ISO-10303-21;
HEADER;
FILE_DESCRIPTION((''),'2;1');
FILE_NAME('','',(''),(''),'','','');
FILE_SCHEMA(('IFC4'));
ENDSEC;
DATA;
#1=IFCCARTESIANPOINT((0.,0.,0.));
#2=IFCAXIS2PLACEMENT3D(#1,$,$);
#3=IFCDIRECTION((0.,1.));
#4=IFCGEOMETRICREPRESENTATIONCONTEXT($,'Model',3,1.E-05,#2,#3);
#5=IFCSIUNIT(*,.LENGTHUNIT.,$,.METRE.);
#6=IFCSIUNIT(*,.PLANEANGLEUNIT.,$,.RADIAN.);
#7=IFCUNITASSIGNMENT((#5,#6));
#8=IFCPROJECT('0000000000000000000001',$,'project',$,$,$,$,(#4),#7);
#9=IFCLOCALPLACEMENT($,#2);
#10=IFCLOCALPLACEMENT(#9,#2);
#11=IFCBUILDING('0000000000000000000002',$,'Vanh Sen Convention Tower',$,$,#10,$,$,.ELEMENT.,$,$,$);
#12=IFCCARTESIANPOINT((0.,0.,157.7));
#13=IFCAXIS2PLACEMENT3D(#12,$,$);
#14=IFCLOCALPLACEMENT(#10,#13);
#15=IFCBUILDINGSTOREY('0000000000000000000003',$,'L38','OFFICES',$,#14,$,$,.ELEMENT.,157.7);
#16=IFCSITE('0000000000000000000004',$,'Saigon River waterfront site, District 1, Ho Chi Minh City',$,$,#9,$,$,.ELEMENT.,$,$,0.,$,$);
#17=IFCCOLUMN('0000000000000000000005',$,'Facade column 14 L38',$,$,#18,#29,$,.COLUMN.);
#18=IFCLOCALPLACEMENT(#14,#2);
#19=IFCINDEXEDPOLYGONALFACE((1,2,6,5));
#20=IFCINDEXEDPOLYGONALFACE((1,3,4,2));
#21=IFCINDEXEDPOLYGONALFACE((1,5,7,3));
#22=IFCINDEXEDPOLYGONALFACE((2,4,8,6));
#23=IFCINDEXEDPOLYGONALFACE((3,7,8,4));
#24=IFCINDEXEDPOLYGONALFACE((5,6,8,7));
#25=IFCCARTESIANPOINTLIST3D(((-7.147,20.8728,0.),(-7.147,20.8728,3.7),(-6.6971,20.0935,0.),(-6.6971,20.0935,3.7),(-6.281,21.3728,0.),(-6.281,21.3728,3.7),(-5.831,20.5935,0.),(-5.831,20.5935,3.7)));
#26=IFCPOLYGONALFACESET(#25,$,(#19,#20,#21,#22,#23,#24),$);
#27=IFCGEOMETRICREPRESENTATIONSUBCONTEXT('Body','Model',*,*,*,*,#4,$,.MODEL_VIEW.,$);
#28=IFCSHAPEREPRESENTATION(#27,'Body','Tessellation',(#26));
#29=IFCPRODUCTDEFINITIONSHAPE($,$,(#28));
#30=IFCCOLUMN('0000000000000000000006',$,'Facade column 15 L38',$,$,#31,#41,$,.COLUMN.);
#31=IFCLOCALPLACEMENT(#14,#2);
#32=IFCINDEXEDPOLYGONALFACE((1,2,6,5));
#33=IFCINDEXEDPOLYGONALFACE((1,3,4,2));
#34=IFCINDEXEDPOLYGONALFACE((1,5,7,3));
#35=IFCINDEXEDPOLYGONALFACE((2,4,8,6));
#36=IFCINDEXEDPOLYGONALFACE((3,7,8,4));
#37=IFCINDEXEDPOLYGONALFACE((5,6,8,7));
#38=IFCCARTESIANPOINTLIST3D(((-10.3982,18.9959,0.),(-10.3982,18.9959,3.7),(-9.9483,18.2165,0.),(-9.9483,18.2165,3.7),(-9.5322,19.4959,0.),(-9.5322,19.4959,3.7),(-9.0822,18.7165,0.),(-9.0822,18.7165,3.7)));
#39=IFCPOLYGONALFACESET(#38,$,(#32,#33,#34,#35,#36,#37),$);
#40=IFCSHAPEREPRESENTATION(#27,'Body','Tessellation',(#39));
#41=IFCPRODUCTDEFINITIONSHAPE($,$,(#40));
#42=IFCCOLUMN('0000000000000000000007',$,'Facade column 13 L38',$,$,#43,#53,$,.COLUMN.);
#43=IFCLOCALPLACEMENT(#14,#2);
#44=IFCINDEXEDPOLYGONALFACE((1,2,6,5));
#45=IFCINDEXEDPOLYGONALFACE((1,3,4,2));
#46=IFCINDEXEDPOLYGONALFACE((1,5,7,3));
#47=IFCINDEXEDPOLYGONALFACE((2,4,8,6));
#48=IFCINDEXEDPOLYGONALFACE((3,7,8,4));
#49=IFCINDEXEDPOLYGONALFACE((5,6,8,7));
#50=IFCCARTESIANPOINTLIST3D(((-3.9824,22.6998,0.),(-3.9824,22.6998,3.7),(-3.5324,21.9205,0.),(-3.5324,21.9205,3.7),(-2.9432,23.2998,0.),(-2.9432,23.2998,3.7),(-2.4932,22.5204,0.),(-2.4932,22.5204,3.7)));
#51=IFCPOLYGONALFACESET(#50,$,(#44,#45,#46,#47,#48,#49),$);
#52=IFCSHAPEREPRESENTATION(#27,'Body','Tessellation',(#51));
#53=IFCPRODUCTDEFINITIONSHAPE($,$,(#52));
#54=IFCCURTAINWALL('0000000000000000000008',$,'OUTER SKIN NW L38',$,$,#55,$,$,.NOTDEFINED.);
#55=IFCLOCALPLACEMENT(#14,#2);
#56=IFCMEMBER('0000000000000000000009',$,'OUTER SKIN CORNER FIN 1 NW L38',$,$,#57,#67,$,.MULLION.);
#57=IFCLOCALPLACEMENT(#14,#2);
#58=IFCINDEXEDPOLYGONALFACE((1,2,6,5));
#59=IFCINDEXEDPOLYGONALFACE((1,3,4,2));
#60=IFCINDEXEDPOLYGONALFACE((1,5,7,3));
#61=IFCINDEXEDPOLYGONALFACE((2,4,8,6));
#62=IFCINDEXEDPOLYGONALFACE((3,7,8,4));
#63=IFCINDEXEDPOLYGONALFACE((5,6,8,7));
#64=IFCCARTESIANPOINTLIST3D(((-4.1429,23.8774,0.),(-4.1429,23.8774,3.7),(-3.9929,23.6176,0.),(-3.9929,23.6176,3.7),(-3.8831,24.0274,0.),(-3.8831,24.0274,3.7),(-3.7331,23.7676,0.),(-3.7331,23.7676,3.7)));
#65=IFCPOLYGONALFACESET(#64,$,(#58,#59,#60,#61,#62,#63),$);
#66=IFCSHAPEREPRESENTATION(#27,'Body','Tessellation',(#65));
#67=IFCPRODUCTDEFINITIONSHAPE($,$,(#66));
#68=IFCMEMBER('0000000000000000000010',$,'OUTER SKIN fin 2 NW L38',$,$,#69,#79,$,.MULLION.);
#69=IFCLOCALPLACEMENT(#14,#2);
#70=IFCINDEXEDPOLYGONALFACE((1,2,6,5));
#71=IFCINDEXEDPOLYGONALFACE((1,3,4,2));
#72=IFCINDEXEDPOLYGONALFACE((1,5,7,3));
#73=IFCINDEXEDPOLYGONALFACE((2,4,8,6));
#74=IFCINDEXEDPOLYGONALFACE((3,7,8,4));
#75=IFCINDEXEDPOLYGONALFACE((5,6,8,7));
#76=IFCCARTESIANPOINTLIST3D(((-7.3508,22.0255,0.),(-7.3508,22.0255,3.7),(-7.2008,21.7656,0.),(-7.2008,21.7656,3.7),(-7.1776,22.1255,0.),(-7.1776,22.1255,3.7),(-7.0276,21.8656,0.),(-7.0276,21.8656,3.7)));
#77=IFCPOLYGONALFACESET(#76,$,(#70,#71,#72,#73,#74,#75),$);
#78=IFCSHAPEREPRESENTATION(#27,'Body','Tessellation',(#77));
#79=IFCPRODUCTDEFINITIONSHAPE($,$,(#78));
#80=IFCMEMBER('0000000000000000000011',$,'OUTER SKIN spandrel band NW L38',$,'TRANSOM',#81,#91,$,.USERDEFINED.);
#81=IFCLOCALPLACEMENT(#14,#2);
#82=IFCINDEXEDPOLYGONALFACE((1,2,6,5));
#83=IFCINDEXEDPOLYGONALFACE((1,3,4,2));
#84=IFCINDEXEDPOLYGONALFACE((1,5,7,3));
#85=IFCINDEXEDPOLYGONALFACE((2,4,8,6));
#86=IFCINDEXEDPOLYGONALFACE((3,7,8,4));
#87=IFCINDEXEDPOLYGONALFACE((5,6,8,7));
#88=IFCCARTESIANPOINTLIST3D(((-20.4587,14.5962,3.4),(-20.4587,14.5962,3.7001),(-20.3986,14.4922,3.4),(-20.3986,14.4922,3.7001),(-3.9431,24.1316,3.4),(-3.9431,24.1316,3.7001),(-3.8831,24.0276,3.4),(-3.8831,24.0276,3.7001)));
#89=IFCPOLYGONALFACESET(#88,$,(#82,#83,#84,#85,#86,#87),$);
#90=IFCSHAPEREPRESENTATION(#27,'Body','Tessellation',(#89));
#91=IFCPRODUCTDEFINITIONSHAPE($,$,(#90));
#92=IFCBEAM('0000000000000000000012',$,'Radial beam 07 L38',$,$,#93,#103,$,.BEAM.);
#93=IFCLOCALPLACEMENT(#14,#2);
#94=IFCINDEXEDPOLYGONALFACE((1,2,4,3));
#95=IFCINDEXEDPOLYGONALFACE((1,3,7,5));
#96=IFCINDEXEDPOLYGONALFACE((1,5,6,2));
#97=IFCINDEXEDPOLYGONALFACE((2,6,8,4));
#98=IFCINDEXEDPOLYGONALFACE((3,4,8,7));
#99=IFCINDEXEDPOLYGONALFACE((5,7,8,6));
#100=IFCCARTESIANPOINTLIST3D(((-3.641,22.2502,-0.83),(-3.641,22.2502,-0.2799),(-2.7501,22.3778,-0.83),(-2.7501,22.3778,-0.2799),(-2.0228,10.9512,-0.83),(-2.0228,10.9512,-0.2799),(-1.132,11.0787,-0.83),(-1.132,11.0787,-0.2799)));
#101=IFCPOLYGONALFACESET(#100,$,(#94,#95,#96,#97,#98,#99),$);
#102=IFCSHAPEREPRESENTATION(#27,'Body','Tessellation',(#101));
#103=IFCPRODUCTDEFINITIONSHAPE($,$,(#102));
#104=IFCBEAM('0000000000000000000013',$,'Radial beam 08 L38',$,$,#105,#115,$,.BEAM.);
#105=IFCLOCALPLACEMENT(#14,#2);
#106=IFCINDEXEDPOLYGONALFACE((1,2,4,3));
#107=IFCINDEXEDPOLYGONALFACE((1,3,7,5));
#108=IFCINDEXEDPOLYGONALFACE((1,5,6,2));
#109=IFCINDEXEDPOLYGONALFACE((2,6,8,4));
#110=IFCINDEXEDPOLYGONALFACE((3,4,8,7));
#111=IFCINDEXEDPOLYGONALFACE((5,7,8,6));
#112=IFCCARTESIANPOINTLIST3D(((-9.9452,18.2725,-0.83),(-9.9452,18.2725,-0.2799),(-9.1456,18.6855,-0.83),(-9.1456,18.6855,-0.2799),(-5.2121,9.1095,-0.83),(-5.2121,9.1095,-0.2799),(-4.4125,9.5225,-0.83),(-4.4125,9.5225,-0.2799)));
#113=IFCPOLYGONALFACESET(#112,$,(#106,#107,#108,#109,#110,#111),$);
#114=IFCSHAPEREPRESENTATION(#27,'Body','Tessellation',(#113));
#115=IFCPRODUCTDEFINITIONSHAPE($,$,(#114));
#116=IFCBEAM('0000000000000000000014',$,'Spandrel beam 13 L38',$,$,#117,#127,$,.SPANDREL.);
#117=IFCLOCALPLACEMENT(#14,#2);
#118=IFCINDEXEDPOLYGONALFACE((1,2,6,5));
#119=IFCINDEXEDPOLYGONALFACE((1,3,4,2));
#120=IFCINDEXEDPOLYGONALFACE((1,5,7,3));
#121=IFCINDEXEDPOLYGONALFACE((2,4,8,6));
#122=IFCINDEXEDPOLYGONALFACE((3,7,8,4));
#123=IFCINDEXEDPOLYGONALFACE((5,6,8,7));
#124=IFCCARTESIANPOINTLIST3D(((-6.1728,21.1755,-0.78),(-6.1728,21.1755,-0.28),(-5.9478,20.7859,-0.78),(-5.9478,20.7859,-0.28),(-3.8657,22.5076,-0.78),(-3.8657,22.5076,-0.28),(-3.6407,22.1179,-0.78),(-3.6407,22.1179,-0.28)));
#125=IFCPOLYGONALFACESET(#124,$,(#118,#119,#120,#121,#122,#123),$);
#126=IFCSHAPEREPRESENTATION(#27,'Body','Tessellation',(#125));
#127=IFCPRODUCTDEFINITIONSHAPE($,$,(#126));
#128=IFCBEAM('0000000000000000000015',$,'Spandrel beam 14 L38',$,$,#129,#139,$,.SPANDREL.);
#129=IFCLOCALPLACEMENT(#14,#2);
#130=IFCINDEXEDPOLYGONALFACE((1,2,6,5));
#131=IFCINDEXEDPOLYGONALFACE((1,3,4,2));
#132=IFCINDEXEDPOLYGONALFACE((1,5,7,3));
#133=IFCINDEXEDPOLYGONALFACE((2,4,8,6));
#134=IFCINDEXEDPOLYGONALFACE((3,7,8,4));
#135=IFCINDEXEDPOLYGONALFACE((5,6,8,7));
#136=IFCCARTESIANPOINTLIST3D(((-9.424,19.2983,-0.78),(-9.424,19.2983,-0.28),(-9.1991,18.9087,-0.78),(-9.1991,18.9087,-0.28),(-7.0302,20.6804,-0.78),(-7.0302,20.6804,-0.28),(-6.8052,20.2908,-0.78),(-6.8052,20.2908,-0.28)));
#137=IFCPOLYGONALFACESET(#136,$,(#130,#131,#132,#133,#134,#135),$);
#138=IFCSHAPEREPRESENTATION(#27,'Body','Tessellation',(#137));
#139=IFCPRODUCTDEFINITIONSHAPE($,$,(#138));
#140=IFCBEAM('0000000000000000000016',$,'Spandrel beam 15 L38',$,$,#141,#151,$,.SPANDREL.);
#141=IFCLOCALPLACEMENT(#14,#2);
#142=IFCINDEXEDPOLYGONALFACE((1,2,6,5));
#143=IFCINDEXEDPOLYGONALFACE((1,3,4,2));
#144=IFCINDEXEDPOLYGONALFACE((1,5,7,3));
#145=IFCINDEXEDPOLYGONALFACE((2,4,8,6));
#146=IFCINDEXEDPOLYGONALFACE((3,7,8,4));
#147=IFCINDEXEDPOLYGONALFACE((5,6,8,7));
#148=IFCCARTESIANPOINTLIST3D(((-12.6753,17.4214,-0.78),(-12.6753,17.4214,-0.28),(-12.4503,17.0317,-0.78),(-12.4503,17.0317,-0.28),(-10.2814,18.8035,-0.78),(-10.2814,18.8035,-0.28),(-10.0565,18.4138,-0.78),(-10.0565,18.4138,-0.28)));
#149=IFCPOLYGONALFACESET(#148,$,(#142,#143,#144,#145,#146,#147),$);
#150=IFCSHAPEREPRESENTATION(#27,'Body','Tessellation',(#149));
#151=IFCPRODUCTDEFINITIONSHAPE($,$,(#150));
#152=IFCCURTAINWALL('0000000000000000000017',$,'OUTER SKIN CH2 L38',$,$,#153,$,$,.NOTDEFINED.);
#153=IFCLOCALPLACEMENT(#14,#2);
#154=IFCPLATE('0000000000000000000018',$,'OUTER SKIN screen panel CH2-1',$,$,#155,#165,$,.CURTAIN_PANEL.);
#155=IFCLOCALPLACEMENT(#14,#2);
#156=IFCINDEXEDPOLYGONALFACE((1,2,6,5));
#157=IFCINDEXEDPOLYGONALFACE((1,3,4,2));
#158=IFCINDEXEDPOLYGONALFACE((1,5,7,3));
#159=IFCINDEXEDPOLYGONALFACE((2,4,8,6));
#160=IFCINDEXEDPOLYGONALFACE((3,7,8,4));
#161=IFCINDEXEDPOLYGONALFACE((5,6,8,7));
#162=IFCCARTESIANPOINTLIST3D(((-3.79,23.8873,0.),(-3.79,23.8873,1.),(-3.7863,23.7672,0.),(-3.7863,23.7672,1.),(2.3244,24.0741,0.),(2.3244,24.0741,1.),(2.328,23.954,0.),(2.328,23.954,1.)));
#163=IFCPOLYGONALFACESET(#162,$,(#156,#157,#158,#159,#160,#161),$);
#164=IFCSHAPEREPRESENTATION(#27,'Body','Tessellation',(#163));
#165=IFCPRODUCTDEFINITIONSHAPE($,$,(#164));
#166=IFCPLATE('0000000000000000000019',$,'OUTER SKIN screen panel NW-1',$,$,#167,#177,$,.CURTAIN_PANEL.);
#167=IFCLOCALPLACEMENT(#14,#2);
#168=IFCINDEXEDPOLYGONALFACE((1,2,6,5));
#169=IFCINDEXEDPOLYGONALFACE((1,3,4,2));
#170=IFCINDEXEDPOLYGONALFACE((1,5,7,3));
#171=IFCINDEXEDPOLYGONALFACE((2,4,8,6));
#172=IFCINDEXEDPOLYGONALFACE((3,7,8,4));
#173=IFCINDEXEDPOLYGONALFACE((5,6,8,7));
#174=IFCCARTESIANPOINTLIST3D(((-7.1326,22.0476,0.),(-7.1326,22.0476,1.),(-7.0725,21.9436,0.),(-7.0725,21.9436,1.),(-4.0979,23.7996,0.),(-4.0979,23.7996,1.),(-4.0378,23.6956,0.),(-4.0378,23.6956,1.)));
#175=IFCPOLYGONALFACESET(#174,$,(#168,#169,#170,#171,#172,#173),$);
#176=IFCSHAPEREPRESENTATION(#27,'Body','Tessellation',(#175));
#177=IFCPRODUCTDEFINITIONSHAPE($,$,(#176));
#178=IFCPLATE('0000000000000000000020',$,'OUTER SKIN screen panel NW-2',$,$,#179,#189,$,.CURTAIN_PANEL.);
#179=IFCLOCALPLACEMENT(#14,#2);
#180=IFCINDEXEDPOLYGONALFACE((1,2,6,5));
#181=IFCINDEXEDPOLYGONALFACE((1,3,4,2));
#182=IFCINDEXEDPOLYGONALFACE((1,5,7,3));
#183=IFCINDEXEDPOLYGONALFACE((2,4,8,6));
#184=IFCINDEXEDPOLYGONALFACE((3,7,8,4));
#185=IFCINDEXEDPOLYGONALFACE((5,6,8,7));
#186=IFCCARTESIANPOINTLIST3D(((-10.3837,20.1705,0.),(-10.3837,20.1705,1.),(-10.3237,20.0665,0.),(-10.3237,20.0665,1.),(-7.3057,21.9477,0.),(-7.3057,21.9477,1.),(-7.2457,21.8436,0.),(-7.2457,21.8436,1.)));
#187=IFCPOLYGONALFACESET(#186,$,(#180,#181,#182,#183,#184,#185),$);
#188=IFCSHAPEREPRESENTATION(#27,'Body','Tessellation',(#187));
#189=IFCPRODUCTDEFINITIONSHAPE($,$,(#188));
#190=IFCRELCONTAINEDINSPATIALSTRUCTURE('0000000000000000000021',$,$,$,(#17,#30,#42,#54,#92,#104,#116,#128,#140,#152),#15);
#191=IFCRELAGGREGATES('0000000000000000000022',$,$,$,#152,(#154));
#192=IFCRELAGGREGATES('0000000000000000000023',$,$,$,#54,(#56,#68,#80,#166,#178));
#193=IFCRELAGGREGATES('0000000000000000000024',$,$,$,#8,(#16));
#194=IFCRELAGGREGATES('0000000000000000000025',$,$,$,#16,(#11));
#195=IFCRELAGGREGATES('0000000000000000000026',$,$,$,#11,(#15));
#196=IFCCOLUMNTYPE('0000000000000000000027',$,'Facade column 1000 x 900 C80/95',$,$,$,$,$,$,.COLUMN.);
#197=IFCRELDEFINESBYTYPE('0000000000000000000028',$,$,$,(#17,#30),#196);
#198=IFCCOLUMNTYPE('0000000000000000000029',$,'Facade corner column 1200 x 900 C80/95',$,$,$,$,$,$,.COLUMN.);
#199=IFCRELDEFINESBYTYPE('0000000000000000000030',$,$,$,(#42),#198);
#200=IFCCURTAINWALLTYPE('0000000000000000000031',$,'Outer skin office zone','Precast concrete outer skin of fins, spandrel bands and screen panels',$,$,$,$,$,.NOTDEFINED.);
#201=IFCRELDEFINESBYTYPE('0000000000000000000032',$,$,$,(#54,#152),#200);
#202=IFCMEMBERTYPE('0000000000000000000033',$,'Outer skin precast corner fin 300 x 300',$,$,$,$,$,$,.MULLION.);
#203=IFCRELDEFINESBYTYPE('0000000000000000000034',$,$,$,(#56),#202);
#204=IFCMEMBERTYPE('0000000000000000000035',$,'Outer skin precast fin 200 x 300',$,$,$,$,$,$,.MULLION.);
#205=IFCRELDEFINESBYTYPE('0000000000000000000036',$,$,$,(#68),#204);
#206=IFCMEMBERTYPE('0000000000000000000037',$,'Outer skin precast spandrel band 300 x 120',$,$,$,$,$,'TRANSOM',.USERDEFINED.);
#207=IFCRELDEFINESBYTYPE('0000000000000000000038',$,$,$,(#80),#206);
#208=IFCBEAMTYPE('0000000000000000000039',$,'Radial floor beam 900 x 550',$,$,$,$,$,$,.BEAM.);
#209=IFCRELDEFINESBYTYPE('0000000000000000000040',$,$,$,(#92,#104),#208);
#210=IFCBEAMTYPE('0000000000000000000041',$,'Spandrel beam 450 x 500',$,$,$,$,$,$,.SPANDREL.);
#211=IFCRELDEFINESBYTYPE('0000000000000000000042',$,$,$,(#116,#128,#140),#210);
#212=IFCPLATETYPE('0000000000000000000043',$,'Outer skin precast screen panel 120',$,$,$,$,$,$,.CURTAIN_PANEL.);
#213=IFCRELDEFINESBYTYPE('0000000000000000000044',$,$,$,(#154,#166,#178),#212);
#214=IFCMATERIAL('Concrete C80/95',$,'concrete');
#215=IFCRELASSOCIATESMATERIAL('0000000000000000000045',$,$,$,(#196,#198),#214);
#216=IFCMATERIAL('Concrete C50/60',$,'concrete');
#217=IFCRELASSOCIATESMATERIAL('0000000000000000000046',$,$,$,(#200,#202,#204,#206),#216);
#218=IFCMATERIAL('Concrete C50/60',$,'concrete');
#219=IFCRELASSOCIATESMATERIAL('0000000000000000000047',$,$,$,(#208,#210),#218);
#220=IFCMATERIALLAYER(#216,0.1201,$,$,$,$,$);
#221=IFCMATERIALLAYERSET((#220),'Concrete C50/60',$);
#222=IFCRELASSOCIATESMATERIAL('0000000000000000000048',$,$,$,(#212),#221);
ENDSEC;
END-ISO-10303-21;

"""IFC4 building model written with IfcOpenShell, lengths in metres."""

from ifc_helpers import new_model, si_unit, direction, frame, origin, origin_2d, place, context, subcontext, project, spatial, rectangle, extrude, material, layer, layer_set, material_profile, profile_set, type_object, element, aggregate, save


model = new_model("IFC4")

# Units and contexts
model_context = context("Model", 3, precision=1e-05, world=origin(), true_north=direction((0.0, 1.0)))
body_context = subcontext(model_context, "Body", "Model", "MODEL_VIEW")
ifc_project = project(units=[si_unit("LENGTHUNIT", "METRE"), si_unit("PLANEANGLEUNIT", "RADIAN")], contexts=[model_context])

# Site, building, storey
site_placement = place(None, origin())
site = spatial("IfcSite", under=ifc_project, at=site_placement, Name="Saigon River waterfront site, District 1, Ho Chi Minh City", CompositionType="ELEMENT", RefElevation=0.0)
building_placement = place(site_placement, origin())
building = spatial("IfcBuilding", under=site, at=building_placement, Name="Vanh Sen Convention Tower", CompositionType="ELEMENT")
storey_placement = place(building_placement, frame((0.0, 0.0, 157.7)))
storey = spatial("IfcBuildingStorey", under=building, at=storey_placement, Name="L38", Description="OFFICES", CompositionType="ELEMENT", Elevation=157.7)

# Columns
ifc_material_1 = material(Name="Concrete C80/95", Category="concrete")
ifc_material_profile_1 = material_profile(ifc_material_1, rectangle(XDim=1.0, YDim=0.8999, at=origin_2d()), Name="RC 1000X900")
ifc_profile_set_1 = profile_set([ifc_material_profile_1], Name="Concrete C80/95")
column_type_1 = type_object("IfcColumnType", Name="Facade column 1000 x 900 C80/95", PredefinedType="COLUMN", material=ifc_profile_set_1)
for number, where, z_axis, x_axis, name in (
    (1, (-6.489, 20.7332, 0.0), (0.0, 0.0, 1.0), (-0.866025, -0.5, 0.0), "Facade column 14 L38"),
    (2, (-9.7402, 18.8562, 0.0), (0.0, 0.0, 1.0), (-0.866025, -0.5, 0.0), "Facade column 15 L38"),
):
    element("IfcColumn", number, at=place(storey_placement, frame(where, z_axis=z_axis, x_axis=x_axis)), inside=storey, type_object=column_type_1, Name=name, PredefinedType="COLUMN", context=body_context, shape_type="SweptSolid", body=[
        extrude(rectangle(XDim=1.0, YDim=0.8999, at=origin_2d()), origin(), (0.0, 0.0, 1.0), 3.7),
    ])
ifc_material_profile_2 = material_profile(ifc_material_1, rectangle(XDim=1.2, YDim=0.8999, at=origin_2d()), Name="RC 1200X900")
ifc_profile_set_2 = profile_set([ifc_material_profile_2], Name="Concrete C80/95")
column_type_2 = type_object("IfcColumnType", Name="Facade corner column 1200 x 900 C80/95", PredefinedType="COLUMN", material=ifc_profile_set_2)
column_placement = place(storey_placement, frame((-3.2378, 22.6101, 0.0), z_axis=(0.0, 0.0, 1.0), x_axis=(-0.866025, -0.5, 0.0)))
element("IfcColumn", 3, at=column_placement, inside=storey, type_object=column_type_2, Name="Facade column 13 L38", PredefinedType="COLUMN", context=body_context, shape_type="SweptSolid", body=[
    extrude(rectangle(XDim=1.2, YDim=0.8999, at=origin_2d()), origin(), (0.0, 0.0, 1.0), 3.7),
])

# Curtain wall, members
ifc_material_2 = material(Name="Concrete C50/60", Category="concrete")
curtain_wall_type = type_object("IfcCurtainWallType", Name="Outer skin office zone", Description="Precast concrete outer skin of fins, spandrel bands and screen panels", PredefinedType="NOTDEFINED", material=ifc_material_2)
curtain_wall_1_placement = place(storey_placement, origin())
curtain_wall_1 = element("IfcCurtainWall", 4, at=curtain_wall_1_placement, inside=storey, type_object=curtain_wall_type, Name="OUTER SKIN NW L38", PredefinedType="NOTDEFINED")
ifc_material_profile_3 = material_profile(ifc_material_2, rectangle(XDim=0.3, YDim=0.3, at=origin_2d()), Name="Outer skin precast corner fin 300 x 300")
ifc_profile_set_3 = profile_set([ifc_material_profile_3], Name="Concrete C50/60")
member_type_1 = type_object("IfcMemberType", Name="Outer skin precast corner fin 300 x 300", PredefinedType="MULLION", material=ifc_profile_set_3)
member_1_placement = place(storey_placement, frame((-3.938, 23.8225, 0.0), z_axis=(0.0, 0.0, 1.0), x_axis=(-0.866025, -0.5, 0.0)))
member_1 = element("IfcMember", 5, at=member_1_placement, type_object=member_type_1, Name="OUTER SKIN CORNER FIN 1 NW L38", PredefinedType="MULLION", context=body_context, shape_type="SweptSolid", body=[
    extrude(rectangle(XDim=0.3, YDim=0.3, at=origin_2d()), origin(), (0.0, 0.0, 1.0), 3.7),
])
ifc_material_profile_4 = material_profile(ifc_material_2, rectangle(XDim=0.2, YDim=0.3, at=origin_2d()), Name="Outer skin precast fin 200 x 300")
ifc_profile_set_4 = profile_set([ifc_material_profile_4], Name="Concrete C50/60")
member_type_2 = type_object("IfcMemberType", Name="Outer skin precast fin 200 x 300", PredefinedType="MULLION", material=ifc_profile_set_4)
member_2_placement = place(storey_placement, frame((-7.1892, 21.9456, 0.0), z_axis=(0.0, 0.0, 1.0), x_axis=(-0.866025, -0.5, 0.0)))
member_2 = element("IfcMember", 6, at=member_2_placement, type_object=member_type_2, Name="OUTER SKIN fin 2 NW L38", PredefinedType="MULLION", context=body_context, shape_type="SweptSolid", body=[
    extrude(rectangle(XDim=0.2, YDim=0.3, at=origin_2d()), origin(), (0.0, 0.0, 1.0), 3.7),
])
ifc_material_profile_5 = material_profile(ifc_material_2, rectangle(XDim=0.1201, YDim=0.3, at=origin_2d()), Name="Outer skin precast spandrel band 300 x 120")
ifc_profile_set_5 = profile_set([ifc_material_profile_5], Name="Concrete C50/60")
member_type_3 = type_object("IfcMemberType", Name="Outer skin precast spandrel band 300 x 120", ElementType="TRANSOM", PredefinedType="USERDEFINED", material=ifc_profile_set_5)
member_3_placement = place(storey_placement, frame((-3.9131, 24.0796, 3.55), z_axis=(-0.866023, -0.500004, 0.0), x_axis=(0.500004, -0.866023, 0.0)))
member_3 = element("IfcMember", 7, at=member_3_placement, type_object=member_type_3, Name="OUTER SKIN spandrel band NW L38", ObjectType="TRANSOM", PredefinedType="USERDEFINED", context=body_context, shape_type="SweptSolid", body=[
    extrude(rectangle(XDim=0.1201, YDim=0.3, at=origin_2d()), origin(), (0.0, 0.0, 1.0), 19.0706),
])

# Beams
ifc_material_3 = material(Name="Concrete C50/60", Category="concrete")
ifc_material_profile_6 = material_profile(ifc_material_3, rectangle(XDim=0.8999, YDim=0.55, at=origin_2d()), Name="RC 900X550")
ifc_profile_set_6 = profile_set([ifc_material_profile_6], Name="Concrete C50/60")
beam_type_1 = type_object("IfcBeamType", Name="Radial floor beam 900 x 550", PredefinedType="BEAM", material=ifc_profile_set_6)
beam_1_placement = place(storey_placement, frame((-3.1956, 22.314, -0.5549), z_axis=(0.141766, -0.9899, 0.0), x_axis=(0.9899, 0.141766, 0.0)))
element("IfcBeam", 8, at=beam_1_placement, inside=storey, type_object=beam_type_1, Name="Radial beam 07 L38", PredefinedType="BEAM", context=body_context, shape_type="SweptSolid", body=[
    extrude(rectangle(XDim=0.8999, YDim=0.55, at=origin_2d()), origin(), (0.0, 0.0, 1.0), 11.4143),
])
beam_2_placement = place(storey_placement, frame((-9.5454, 18.479, -0.5549), z_axis=(0.458935, -0.88847, 0.0), x_axis=(0.88847, 0.458935, 0.0)))
element("IfcBeam", 9, at=beam_2_placement, inside=storey, type_object=beam_type_1, Name="Radial beam 08 L38", PredefinedType="BEAM", context=body_context, shape_type="SweptSolid", body=[
    extrude(rectangle(XDim=0.8999, YDim=0.55, at=origin_2d()), origin(), (0.0, 0.0, 1.0), 10.3132),
])
ifc_material_profile_7 = material_profile(ifc_material_3, rectangle(XDim=0.45, YDim=0.5, at=origin_2d()), Name="RC 450X500")
ifc_profile_set_7 = profile_set([ifc_material_profile_7], Name="Concrete C50/60")
beam_type_2 = type_object("IfcBeamType", Name="Spandrel beam 450 x 500", PredefinedType="SPANDREL", material=ifc_profile_set_7)
beam_3_placement = place(storey_placement, frame((-3.7532, 22.3127, -0.53), z_axis=(-0.866024, -0.500003, 0.0), x_axis=(0.500003, -0.866024, 0.0)))
element("IfcBeam", 10, at=beam_3_placement, inside=storey, type_object=beam_type_2, Name="Spandrel beam 13 L38", PredefinedType="SPANDREL", context=body_context, shape_type="SweptSolid", body=[
    extrude(rectangle(XDim=0.45, YDim=0.5, at=origin_2d()), origin(), (0.0, 0.0, 1.0), 2.6641),
])
for number, where, z_axis, x_axis, name in (
    (11, (-6.9177, 20.4856, -0.53), (-0.866022, -0.500005, 0.0), (0.500005, -0.866022, 0.0), "Spandrel beam 14 L38"),
    (12, (-10.1689, 18.6086, -0.53), (-0.866022, -0.500005, 0.0), (0.500005, -0.866022, 0.0), "Spandrel beam 15 L38"),
):
    element("IfcBeam", number, at=place(storey_placement, frame(where, z_axis=z_axis, x_axis=x_axis)), inside=storey, type_object=beam_type_2, Name=name, PredefinedType="SPANDREL", context=body_context, shape_type="SweptSolid", body=[
        extrude(rectangle(XDim=0.45, YDim=0.5, at=origin_2d()), origin(), (0.0, 0.0, 1.0), 2.7642),
    ])

# Curtain wall, plate
curtain_wall_2_placement = place(storey_placement, origin())
curtain_wall_2 = element("IfcCurtainWall", 13, at=curtain_wall_2_placement, inside=storey, type_object=curtain_wall_type, Name="OUTER SKIN CH2 L38", PredefinedType="NOTDEFINED")
ifc_layer_1 = layer(ifc_material_2, 0.1201)
ifc_layer_set_1 = layer_set([ifc_layer_1], Name="Concrete C50/60")
plate_type = type_object("IfcPlateType", Name="Outer skin precast screen panel 120", PredefinedType="CURTAIN_PANEL", material=ifc_layer_set_1)
plate_1_placement = place(storey_placement, frame((-0.731, 23.9207, 0.0), z_axis=(0.0, 0.0, 1.0), x_axis=(-0.999534, -0.030539, 0.0)))
plate_1 = element("IfcPlate", 14, at=plate_1_placement, type_object=plate_type, Name="OUTER SKIN screen panel CH2-1", PredefinedType="CURTAIN_PANEL", context=body_context, shape_type="SweptSolid", body=[
    extrude(rectangle(XDim=6.1172, YDim=0.1201, at=origin_2d()), origin(), (0.0, 0.0, 1.0), 1.0),
])
aggregate(curtain_wall_2, [plate_1])

# Plates
plate_2_placement = place(storey_placement, frame((-5.5852, 22.8716, 0.0), z_axis=(0.0, 0.0, 1.0), x_axis=(-0.866035, -0.499983, 0.0)))
plate_2 = element("IfcPlate", 15, at=plate_2_placement, type_object=plate_type, Name="OUTER SKIN screen panel NW-1", PredefinedType="CURTAIN_PANEL", context=body_context, shape_type="SweptSolid", body=[
    extrude(rectangle(XDim=3.5042, YDim=0.1201, at=origin_2d()), origin(), (0.0, 0.0, 1.0), 1.0),
])
plate_3_placement = place(storey_placement, frame((-8.8147, 21.0071, 0.0), z_axis=(0.0, 0.0, 1.0), x_axis=(-0.866017, -0.500015, 0.0)))
plate_3 = element("IfcPlate", 16, at=plate_3_placement, type_object=plate_type, Name="OUTER SKIN screen panel NW-2", PredefinedType="CURTAIN_PANEL", context=body_context, shape_type="SweptSolid", body=[
    extrude(rectangle(XDim=3.5542, YDim=0.1201, at=origin_2d()), origin(), (0.0, 0.0, 1.0), 1.0),
])
aggregate(curtain_wall_1, [member_1, member_2, member_3, plate_2, plate_3])

save(model, "model.ifc")
